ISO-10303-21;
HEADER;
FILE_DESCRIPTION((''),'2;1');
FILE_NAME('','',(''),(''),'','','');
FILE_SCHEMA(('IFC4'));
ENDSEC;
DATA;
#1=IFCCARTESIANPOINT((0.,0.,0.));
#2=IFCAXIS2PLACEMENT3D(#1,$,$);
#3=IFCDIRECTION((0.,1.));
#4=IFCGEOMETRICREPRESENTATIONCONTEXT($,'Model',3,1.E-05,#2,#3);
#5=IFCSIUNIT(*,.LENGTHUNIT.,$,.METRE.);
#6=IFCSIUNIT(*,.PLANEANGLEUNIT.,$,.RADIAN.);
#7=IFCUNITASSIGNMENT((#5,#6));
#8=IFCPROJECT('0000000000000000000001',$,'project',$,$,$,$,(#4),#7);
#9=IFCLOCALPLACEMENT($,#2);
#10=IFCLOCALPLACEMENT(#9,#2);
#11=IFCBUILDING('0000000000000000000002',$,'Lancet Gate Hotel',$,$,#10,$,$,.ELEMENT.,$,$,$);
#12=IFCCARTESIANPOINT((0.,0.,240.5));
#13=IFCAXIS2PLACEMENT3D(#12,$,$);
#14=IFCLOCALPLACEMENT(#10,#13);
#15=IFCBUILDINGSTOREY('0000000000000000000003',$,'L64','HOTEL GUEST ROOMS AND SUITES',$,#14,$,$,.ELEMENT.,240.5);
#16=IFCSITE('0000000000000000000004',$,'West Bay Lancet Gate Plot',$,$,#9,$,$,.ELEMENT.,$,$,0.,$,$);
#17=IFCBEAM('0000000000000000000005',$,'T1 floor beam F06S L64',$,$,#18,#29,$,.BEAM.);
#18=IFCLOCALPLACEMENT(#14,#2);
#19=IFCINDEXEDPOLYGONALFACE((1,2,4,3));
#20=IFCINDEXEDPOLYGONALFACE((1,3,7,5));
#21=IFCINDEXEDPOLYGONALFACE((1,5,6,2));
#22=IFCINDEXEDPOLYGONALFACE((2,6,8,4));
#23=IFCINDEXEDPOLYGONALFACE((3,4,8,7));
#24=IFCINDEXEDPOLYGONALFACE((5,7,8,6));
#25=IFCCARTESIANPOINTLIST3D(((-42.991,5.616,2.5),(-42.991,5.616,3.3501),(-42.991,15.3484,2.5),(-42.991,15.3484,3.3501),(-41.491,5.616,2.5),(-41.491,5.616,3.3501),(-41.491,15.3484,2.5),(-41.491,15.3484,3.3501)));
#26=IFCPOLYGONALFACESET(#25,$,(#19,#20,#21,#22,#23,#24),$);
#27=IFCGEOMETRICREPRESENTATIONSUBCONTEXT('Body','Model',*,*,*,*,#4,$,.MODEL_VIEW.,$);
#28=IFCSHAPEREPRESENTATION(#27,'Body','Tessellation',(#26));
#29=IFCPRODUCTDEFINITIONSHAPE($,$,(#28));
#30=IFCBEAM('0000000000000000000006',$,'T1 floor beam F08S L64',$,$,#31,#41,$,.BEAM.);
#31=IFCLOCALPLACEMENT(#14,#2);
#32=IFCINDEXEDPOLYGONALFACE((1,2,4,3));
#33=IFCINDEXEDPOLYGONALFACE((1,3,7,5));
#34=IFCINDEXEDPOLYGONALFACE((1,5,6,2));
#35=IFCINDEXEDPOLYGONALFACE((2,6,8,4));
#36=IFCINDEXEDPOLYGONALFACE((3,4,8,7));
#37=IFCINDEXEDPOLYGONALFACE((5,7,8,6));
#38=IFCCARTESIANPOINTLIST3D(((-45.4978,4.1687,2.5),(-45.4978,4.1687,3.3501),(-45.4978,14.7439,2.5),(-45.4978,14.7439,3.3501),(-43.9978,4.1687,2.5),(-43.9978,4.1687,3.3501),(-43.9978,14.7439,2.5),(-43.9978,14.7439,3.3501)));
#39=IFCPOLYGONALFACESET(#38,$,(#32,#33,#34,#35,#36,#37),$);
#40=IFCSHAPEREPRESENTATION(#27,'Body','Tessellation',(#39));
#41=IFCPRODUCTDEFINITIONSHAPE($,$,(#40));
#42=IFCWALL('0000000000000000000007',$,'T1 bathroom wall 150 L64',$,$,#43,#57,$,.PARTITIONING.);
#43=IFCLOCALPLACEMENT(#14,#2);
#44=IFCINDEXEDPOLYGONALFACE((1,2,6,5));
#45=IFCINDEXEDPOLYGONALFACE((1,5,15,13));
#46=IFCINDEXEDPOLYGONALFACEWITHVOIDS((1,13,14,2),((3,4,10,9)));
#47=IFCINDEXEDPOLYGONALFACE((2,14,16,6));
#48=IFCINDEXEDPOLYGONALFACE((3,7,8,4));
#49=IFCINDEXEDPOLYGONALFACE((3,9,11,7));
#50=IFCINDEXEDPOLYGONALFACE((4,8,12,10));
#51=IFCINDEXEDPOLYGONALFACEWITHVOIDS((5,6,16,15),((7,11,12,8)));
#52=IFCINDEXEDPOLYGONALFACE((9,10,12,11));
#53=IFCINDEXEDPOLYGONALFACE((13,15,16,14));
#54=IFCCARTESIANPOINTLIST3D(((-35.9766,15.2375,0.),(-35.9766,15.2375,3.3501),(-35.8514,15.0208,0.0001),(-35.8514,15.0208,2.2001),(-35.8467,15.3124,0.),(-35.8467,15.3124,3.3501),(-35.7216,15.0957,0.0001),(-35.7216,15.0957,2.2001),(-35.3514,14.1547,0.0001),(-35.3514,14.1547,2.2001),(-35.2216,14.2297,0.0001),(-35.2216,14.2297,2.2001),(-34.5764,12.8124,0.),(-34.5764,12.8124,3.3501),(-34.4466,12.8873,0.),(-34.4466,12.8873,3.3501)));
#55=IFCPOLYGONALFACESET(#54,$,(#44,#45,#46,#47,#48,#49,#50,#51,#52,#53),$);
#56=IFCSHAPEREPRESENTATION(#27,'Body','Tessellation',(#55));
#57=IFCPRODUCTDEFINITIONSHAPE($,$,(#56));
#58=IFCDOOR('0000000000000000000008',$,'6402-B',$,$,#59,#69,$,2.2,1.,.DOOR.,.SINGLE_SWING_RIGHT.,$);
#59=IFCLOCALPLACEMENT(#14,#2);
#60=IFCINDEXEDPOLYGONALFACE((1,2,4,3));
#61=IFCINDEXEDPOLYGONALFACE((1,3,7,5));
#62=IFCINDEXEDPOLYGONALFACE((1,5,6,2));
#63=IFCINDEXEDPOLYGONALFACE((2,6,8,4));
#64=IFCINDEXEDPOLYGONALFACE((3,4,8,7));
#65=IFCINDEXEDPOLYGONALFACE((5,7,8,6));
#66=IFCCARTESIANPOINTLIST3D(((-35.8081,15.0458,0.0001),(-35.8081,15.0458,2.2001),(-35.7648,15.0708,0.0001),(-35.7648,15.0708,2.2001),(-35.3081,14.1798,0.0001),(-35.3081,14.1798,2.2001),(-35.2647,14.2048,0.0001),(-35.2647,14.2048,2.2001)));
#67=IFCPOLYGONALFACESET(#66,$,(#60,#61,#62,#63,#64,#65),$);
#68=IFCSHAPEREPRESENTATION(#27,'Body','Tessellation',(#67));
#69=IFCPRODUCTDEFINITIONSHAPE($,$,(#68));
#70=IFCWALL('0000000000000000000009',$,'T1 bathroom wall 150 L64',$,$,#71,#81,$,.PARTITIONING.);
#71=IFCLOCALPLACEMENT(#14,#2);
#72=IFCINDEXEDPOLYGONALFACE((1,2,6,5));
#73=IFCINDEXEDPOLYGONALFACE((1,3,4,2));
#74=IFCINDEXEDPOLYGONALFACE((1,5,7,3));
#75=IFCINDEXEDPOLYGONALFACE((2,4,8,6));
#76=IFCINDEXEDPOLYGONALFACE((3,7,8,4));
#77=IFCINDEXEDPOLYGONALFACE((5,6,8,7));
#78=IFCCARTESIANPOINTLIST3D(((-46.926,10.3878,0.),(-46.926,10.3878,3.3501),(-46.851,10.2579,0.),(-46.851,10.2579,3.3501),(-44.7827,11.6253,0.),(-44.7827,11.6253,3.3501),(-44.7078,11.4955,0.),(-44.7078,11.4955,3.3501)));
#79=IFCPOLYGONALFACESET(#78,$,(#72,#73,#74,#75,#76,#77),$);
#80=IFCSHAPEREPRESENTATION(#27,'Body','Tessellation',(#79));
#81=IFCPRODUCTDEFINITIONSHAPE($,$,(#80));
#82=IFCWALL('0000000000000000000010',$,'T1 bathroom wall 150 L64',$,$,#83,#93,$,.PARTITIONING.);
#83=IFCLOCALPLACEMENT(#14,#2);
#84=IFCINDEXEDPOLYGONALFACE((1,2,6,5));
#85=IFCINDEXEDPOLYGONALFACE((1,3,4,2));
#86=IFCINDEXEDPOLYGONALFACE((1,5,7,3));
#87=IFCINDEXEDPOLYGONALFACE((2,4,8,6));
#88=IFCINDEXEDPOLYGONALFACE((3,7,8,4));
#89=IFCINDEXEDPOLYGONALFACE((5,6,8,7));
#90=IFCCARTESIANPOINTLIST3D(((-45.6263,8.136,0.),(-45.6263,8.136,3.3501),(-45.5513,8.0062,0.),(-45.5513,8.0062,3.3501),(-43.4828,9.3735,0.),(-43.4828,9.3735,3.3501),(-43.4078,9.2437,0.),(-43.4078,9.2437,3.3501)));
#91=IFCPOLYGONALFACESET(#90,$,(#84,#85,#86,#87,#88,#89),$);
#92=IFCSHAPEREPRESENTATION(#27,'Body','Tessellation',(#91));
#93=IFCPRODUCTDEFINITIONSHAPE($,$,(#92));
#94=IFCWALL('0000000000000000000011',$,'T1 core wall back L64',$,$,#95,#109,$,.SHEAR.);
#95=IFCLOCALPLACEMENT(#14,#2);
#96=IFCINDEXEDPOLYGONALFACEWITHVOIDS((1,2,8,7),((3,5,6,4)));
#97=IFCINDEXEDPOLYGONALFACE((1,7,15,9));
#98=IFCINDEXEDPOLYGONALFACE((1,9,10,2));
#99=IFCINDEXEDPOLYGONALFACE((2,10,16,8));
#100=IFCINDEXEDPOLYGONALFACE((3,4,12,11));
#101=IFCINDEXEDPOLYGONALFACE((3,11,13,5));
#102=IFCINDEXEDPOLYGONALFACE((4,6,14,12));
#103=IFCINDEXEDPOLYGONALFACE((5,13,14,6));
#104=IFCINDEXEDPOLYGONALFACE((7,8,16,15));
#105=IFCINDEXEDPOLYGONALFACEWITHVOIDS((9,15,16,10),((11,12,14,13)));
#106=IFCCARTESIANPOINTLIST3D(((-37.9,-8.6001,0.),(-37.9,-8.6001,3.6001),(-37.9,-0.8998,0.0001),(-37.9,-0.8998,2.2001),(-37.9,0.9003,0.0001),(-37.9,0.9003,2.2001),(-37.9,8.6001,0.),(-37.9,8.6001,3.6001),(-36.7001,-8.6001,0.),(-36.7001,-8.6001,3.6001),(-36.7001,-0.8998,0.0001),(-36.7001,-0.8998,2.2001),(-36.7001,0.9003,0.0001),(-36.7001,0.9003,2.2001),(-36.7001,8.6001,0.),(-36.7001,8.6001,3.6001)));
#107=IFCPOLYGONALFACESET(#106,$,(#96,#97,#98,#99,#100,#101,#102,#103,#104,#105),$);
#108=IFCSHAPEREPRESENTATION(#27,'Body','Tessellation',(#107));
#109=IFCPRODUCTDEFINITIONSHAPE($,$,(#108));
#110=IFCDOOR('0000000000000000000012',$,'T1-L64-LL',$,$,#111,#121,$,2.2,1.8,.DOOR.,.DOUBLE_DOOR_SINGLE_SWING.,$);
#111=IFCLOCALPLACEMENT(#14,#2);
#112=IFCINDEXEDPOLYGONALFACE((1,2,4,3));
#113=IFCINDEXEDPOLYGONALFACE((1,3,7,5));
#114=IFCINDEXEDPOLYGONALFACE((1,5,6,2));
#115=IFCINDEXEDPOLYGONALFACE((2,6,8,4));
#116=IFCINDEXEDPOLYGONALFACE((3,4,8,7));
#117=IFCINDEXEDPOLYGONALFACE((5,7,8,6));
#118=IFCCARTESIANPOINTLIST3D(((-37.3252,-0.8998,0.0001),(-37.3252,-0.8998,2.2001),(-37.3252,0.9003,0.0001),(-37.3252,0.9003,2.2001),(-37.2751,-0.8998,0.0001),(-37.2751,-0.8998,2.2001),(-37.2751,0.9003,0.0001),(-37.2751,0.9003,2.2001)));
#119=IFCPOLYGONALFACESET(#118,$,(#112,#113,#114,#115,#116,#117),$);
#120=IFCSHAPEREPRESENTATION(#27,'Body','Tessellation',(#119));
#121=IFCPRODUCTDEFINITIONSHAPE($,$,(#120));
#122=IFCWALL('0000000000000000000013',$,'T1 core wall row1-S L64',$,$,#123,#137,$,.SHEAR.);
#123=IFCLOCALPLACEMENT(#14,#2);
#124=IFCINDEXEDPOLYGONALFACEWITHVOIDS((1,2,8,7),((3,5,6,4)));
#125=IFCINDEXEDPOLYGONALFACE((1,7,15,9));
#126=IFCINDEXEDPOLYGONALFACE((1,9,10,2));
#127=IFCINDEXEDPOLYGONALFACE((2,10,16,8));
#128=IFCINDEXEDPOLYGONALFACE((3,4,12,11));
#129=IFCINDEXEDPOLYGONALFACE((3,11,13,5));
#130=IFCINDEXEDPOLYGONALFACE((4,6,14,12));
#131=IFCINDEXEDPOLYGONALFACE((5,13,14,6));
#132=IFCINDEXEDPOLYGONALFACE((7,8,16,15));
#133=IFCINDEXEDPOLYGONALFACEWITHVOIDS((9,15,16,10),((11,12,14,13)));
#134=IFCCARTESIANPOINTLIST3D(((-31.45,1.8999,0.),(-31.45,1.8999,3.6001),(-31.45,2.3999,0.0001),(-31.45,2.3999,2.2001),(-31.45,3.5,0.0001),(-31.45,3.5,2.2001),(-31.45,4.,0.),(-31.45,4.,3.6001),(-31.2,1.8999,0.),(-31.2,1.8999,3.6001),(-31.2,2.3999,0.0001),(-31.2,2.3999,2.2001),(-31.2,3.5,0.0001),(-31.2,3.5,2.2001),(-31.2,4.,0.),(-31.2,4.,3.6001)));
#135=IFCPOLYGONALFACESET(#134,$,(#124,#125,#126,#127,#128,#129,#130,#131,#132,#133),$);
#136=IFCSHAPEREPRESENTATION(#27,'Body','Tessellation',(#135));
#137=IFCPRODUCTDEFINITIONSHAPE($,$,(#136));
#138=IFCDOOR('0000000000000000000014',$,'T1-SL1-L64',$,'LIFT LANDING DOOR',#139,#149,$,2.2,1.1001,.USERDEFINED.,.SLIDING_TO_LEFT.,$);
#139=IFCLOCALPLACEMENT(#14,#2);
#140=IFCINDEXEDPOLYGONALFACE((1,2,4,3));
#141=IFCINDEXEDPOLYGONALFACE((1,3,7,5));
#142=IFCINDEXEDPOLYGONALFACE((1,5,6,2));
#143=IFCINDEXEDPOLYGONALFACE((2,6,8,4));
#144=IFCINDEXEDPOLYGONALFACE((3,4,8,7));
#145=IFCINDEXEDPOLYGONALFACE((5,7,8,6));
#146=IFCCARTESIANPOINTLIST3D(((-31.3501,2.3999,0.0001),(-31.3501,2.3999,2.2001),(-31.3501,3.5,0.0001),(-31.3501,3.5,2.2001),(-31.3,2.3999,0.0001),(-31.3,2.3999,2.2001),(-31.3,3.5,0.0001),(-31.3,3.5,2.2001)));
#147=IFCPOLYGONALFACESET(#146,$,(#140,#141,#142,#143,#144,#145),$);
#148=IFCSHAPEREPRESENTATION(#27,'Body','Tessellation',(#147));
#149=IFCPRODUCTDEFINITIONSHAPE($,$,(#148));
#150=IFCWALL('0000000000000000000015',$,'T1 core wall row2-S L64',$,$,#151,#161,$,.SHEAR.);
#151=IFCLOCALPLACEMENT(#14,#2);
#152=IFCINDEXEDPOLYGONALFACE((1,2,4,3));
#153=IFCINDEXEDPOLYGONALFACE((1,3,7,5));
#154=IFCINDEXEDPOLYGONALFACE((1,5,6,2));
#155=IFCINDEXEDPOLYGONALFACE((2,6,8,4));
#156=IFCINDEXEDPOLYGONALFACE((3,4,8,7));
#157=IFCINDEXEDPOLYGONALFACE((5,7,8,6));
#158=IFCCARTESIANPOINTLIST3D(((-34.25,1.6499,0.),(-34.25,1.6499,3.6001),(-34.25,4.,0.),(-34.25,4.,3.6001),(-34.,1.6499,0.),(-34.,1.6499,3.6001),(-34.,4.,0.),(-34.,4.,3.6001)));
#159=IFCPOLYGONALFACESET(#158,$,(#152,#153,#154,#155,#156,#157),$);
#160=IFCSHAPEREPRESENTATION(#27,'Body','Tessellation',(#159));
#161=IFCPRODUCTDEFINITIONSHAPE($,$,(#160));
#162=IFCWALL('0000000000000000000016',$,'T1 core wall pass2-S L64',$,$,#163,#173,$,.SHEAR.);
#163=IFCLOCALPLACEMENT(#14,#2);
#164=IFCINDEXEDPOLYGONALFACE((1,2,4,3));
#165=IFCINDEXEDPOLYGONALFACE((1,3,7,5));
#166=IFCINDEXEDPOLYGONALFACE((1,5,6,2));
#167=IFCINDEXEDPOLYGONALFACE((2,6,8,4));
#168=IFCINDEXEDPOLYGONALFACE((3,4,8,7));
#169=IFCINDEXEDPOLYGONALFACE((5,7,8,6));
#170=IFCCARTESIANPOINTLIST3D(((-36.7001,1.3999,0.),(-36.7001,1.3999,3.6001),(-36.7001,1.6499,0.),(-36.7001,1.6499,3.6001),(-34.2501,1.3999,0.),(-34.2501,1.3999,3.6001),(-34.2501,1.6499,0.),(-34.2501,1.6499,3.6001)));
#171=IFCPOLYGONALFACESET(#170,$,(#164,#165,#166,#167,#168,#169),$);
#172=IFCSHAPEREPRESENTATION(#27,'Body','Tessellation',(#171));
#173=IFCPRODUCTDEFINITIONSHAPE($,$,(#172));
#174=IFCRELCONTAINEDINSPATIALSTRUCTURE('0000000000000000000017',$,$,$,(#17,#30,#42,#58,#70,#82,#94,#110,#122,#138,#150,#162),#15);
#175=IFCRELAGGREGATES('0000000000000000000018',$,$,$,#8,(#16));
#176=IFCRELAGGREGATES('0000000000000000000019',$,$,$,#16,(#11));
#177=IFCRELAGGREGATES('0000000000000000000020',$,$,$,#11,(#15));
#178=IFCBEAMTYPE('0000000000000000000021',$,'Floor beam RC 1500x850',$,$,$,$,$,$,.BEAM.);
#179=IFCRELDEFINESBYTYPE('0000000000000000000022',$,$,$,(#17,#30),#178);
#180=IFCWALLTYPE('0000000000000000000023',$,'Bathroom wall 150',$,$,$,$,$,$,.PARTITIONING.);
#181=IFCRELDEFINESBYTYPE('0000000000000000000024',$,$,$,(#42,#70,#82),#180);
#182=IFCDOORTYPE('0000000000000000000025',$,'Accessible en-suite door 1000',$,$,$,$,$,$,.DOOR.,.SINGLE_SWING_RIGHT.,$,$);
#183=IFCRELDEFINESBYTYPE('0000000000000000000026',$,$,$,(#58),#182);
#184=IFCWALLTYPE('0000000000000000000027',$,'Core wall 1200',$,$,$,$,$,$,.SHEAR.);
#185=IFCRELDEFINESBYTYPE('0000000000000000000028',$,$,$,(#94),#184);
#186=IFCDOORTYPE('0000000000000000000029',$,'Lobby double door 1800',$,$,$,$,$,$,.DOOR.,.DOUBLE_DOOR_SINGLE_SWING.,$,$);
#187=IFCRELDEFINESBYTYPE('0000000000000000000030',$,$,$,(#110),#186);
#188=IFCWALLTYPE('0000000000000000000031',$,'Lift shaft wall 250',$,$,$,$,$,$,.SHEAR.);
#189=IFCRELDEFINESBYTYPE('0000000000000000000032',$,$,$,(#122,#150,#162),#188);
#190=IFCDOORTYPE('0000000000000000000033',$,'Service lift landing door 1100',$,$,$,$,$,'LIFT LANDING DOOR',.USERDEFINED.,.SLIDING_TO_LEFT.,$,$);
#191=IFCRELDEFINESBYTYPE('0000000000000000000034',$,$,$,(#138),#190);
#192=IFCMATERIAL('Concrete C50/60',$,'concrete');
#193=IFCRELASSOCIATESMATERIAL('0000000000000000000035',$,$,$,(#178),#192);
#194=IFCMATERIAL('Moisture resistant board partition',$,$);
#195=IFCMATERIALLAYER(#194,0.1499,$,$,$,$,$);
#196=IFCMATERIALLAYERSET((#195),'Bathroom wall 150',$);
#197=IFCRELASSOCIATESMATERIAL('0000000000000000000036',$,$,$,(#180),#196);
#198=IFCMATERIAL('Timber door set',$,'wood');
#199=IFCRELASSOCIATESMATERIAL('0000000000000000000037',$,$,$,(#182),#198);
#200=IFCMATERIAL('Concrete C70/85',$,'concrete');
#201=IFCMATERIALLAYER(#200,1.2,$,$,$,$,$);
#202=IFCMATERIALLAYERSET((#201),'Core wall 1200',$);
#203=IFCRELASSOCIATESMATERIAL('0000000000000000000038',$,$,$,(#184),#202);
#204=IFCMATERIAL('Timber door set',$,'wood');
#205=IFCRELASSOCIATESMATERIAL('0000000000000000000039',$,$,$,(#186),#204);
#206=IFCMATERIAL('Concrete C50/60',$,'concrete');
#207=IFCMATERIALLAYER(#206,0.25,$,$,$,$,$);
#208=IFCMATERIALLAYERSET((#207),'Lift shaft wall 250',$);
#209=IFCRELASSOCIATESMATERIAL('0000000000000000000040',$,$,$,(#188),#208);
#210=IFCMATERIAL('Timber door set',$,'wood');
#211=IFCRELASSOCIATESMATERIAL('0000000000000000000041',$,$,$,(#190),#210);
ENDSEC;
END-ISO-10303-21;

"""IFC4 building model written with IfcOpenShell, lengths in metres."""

from ifc_helpers import new_model, si_unit, direction, frame, frame_2d, origin, origin_2d, place, context, subcontext, project, spatial, rectangle, extrude, material, layer, layer_set, material_profile, profile_set, type_object, element, fill, save


model = new_model("IFC4")

# Units and contexts
model_context = context("Model", 3, precision=1e-05, world=origin(), true_north=direction((0.0, 1.0)))
body_context = subcontext(model_context, "Body", "Model", "MODEL_VIEW")
ifc_project = project(units=[si_unit("LENGTHUNIT", "METRE"), si_unit("PLANEANGLEUNIT", "RADIAN")], contexts=[model_context])

# Site, building, storey
site_placement = place(None, origin())
site = spatial("IfcSite", under=ifc_project, at=site_placement, Name="West Bay Lancet Gate Plot", CompositionType="ELEMENT", RefElevation=0.0)
building_placement = place(site_placement, origin())
building = spatial("IfcBuilding", under=site, at=building_placement, Name="Lancet Gate Hotel", CompositionType="ELEMENT")
storey_placement = place(building_placement, frame((0.0, 0.0, 240.5)))
storey = spatial("IfcBuildingStorey", under=building, at=storey_placement, Name="L64", Description="HOTEL GUEST ROOMS AND SUITES", CompositionType="ELEMENT", Elevation=240.5)

# Beams
ifc_material_1 = material(Name="Concrete C50/60", Category="concrete")
ifc_material_profile = material_profile(ifc_material_1, rectangle(XDim=1.5, YDim=0.8501, at=origin_2d()), Name="RC 1500x850")
ifc_profile_set = profile_set([ifc_material_profile], Name="Concrete C50/60")
beam_type = type_object("IfcBeamType", Name="Floor beam RC 1500x850", PredefinedType="BEAM", material=ifc_profile_set)
beam_1_placement = place(storey_placement, frame((-42.241, 15.3484, 2.925), z_axis=(0.0, -1.0, 0.0), x_axis=(1.0, 0.0, 0.0)))
element("IfcBeam", 1, at=beam_1_placement, inside=storey, type_object=beam_type, Name="T1 floor beam F06S L64", PredefinedType="BEAM", context=body_context, shape_type="SweptSolid", body=[
    extrude(rectangle(XDim=1.5, YDim=0.8501, at=origin_2d()), origin(), (0.0, 0.0, 1.0), 9.7324),
])
beam_2_placement = place(storey_placement, frame((-44.7478, 14.7439, 2.925), z_axis=(0.0, -1.0, 0.0), x_axis=(1.0, 0.0, 0.0)))
element("IfcBeam", 2, at=beam_2_placement, inside=storey, type_object=beam_type, Name="T1 floor beam F08S L64", PredefinedType="BEAM", context=body_context, shape_type="SweptSolid", body=[
    extrude(rectangle(XDim=1.5, YDim=0.8501, at=origin_2d()), origin(), (0.0, 0.0, 1.0), 10.5752),
])

# Wall, opening, door
ifc_material_2 = material(Name="Moisture resistant board partition")
ifc_layer_1 = layer(ifc_material_2, 0.1499)
ifc_layer_set_1 = layer_set([ifc_layer_1], Name="Bathroom wall 150")
wall_type_1 = type_object("IfcWallType", Name="Bathroom wall 150", PredefinedType="PARTITIONING", material=ifc_layer_set_1)
wall_1_placement = place(storey_placement, frame((-34.5115, 12.8499, 0.0), z_axis=(0.0, 0.0, 1.0), x_axis=(-0.500012, 0.866019, 0.0)))
wall_1 = element("IfcWall", 3, at=wall_1_placement, inside=storey, type_object=wall_type_1, Name="T1 bathroom wall 150 L64", PredefinedType="PARTITIONING", context=body_context, shape_type="SweptSolid", body=[
    extrude(rectangle(XDim=2.8003, YDim=0.1499, at=frame_2d((1.4001, 0.0))), origin(), (0.0, 0.0, 1.0), 3.3501),
])
opening_1_placement = place(wall_1_placement, frame((1.55, 0.0, 0.0)))
opening_1 = element("IfcOpeningElement", 4, at=opening_1_placement, cuts=wall_1, PredefinedType="OPENING", context=body_context, shape_type="SweptSolid", body=[
    extrude(rectangle(XDim=1.0, YDim=2.2, at=frame_2d((0.5, 1.1001))), frame((0.0, 0.085, 0.0), z_axis=(0.0, -1.0, 0.0), x_axis=(1.0, 0.0, 0.0)), (0.0, 0.0, 1.0), 0.1699),
])
ifc_material_3 = material(Name="Timber door set", Category="wood")
door_type_1 = type_object("IfcDoorType", Name="Accessible en-suite door 1000", OperationType="SINGLE_SWING_RIGHT", PredefinedType="DOOR", material=ifc_material_3)
door_1_placement = place(opening_1_placement, origin())
door_1 = element("IfcDoor", 5, at=door_1_placement, inside=storey, type_object=door_type_1, Name="6402-B", OperationType="SINGLE_SWING_RIGHT", OverallHeight=2.2, OverallWidth=1.0, PredefinedType="DOOR", context=body_context, shape_type="SweptSolid", body=[
    extrude(rectangle(XDim=1.0, YDim=2.2, at=frame_2d((0.5, 1.1001))), frame((0.0, 0.0249, 0.0), z_axis=(0.0, -1.0, 0.0), x_axis=(1.0, 0.0, 0.0)), (0.0, 0.0, 1.0), 0.05),
])
fill(opening_1, door_1)

# Walls
wall_2_placement = place(storey_placement, frame((-44.7454, 11.5603, 0.0), z_axis=(0.0, 0.0, 1.0), x_axis=(-0.866007, -0.500033, 0.0)))
element("IfcWall", 6, at=wall_2_placement, inside=storey, type_object=wall_type_1, Name="T1 bathroom wall 150 L64", PredefinedType="PARTITIONING", context=body_context, shape_type="SweptSolid", body=[
    extrude(rectangle(XDim=2.4749, YDim=0.1499, at=frame_2d((1.2373, 0.0))), origin(), (0.0, 0.0, 1.0), 3.3501),
])
wall_3_placement = place(storey_placement, frame((-43.4453, 9.3086, 0.0), z_axis=(0.0, 0.0, 1.0), x_axis=(-0.866031, -0.49999, 0.0)))
element("IfcWall", 7, at=wall_3_placement, inside=storey, type_object=wall_type_1, Name="T1 bathroom wall 150 L64", PredefinedType="PARTITIONING", context=body_context, shape_type="SweptSolid", body=[
    extrude(rectangle(XDim=2.4751, YDim=0.1499, at=frame_2d((1.2375, 0.0))), origin(), (0.0, 0.0, 1.0), 3.3501),
])

# Walls, openings, doors
ifc_material_4 = material(Name="Concrete C70/85", Category="concrete")
ifc_layer_2 = layer(ifc_material_4, 1.2)
ifc_layer_set_2 = layer_set([ifc_layer_2], Name="Core wall 1200")
wall_type_2 = type_object("IfcWallType", Name="Core wall 1200", PredefinedType="SHEAR", material=ifc_layer_set_2)
wall_4_placement = place(storey_placement, frame((-37.3, 8.6001, 0.0), z_axis=(0.0, 0.0, 1.0), x_axis=(0.0, -1.0, 0.0)))
wall_4 = element("IfcWall", 8, at=wall_4_placement, inside=storey, type_object=wall_type_2, Name="T1 core wall back L64", PredefinedType="SHEAR", context=body_context, shape_type="SweptSolid", body=[
    extrude(rectangle(XDim=17.2002, YDim=1.2, at=frame_2d((8.6001, 0.0))), origin(), (0.0, 0.0, 1.0), 3.6001),
])
opening_2_placement = place(wall_4_placement, frame((7.7, 0.0, 0.0)))
opening_2 = element("IfcOpeningElement", 9, at=opening_2_placement, cuts=wall_4, PredefinedType="OPENING", context=body_context, shape_type="SweptSolid", body=[
    extrude(rectangle(XDim=1.8, YDim=2.2, at=frame_2d((0.8999, 1.1001))), frame((0.0, 0.6099, 0.0), z_axis=(0.0, -1.0, 0.0), x_axis=(1.0, 0.0, 0.0)), (0.0, 0.0, 1.0), 1.22),
])
ifc_material_5 = material(Name="Timber door set", Category="wood")
door_type_2 = type_object("IfcDoorType", Name="Lobby double door 1800", OperationType="DOUBLE_DOOR_SINGLE_SWING", PredefinedType="DOOR", material=ifc_material_5)
door_2_placement = place(opening_2_placement, origin())
door_2 = element("IfcDoor", 10, at=door_2_placement, inside=storey, type_object=door_type_2, Name="T1-L64-LL", OperationType="DOUBLE_DOOR_SINGLE_SWING", OverallHeight=2.2, OverallWidth=1.8, PredefinedType="DOOR", context=body_context, shape_type="SweptSolid", body=[
    extrude(rectangle(XDim=1.8, YDim=2.2, at=frame_2d((0.8999, 1.1001))), frame((0.0, 0.0249, 0.0), z_axis=(0.0, -1.0, 0.0), x_axis=(1.0, 0.0, 0.0)), (0.0, 0.0, 1.0), 0.05),
])
fill(opening_2, door_2)
ifc_material_6 = material(Name="Concrete C50/60", Category="concrete")
ifc_layer_3 = layer(ifc_material_6, 0.25)
ifc_layer_set_3 = layer_set([ifc_layer_3], Name="Lift shaft wall 250")
wall_type_3 = type_object("IfcWallType", Name="Lift shaft wall 250", PredefinedType="SHEAR", material=ifc_layer_set_3)
wall_5_placement = place(storey_placement, frame((-31.325, 4.0, 0.0), z_axis=(0.0, 0.0, 1.0), x_axis=(0.0, -1.0, 0.0)))
wall_5 = element("IfcWall", 11, at=wall_5_placement, inside=storey, type_object=wall_type_3, Name="T1 core wall row1-S L64", PredefinedType="SHEAR", context=body_context, shape_type="SweptSolid", body=[
    extrude(rectangle(XDim=2.1001, YDim=0.25, at=frame_2d((1.05, 0.0))), origin(), (0.0, 0.0, 1.0), 3.6001),
])
opening_3_placement = place(wall_5_placement, frame((0.5, 0.0, 0.0)))
opening_3 = element("IfcOpeningElement", 12, at=opening_3_placement, cuts=wall_5, PredefinedType="OPENING", context=body_context, shape_type="SweptSolid", body=[
    extrude(rectangle(XDim=1.1001, YDim=2.2, at=frame_2d((0.55, 1.1001))), frame((0.0, 0.135, 0.0), z_axis=(0.0, -1.0, 0.0), x_axis=(1.0, 0.0, 0.0)), (0.0, 0.0, 1.0), 0.27),
])
ifc_material_7 = material(Name="Timber door set", Category="wood")
door_type_3 = type_object("IfcDoorType", Name="Service lift landing door 1100", ElementType="LIFT LANDING DOOR", OperationType="SLIDING_TO_LEFT", PredefinedType="USERDEFINED", material=ifc_material_7)
door_3_placement = place(opening_3_placement, origin())
door_3 = element("IfcDoor", 13, at=door_3_placement, inside=storey, type_object=door_type_3, Name="T1-SL1-L64", ObjectType="LIFT LANDING DOOR", OperationType="SLIDING_TO_LEFT", OverallHeight=2.2, OverallWidth=1.1001, PredefinedType="USERDEFINED", context=body_context, shape_type="SweptSolid", body=[
    extrude(rectangle(XDim=1.1001, YDim=2.2, at=frame_2d((0.55, 1.1001))), frame((0.0, 0.0249, 0.0), z_axis=(0.0, -1.0, 0.0), x_axis=(1.0, 0.0, 0.0)), (0.0, 0.0, 1.0), 0.05),
])
fill(opening_3, door_3)

# Walls
wall_6_placement = place(storey_placement, frame((-34.125, 4.0, 0.0), z_axis=(0.0, 0.0, 1.0), x_axis=(0.0, -1.0, 0.0)))
element("IfcWall", 14, at=wall_6_placement, inside=storey, type_object=wall_type_3, Name="T1 core wall row2-S L64", PredefinedType="SHEAR", context=body_context, shape_type="SweptSolid", body=[
    extrude(rectangle(XDim=2.3501, YDim=0.25, at=frame_2d((1.175, 0.0))), origin(), (0.0, 0.0, 1.0), 3.6001),
])
wall_7_placement = place(storey_placement, frame((-34.25, 1.5249, 0.0), z_axis=(0.0, 0.0, 1.0), x_axis=(-1.0, 0.0, 0.0)))
element("IfcWall", 15, at=wall_7_placement, inside=storey, type_object=wall_type_3, Name="T1 core wall pass2-S L64", PredefinedType="SHEAR", context=body_context, shape_type="SweptSolid", body=[
    extrude(rectangle(XDim=2.45, YDim=0.25, at=frame_2d((1.2251, 0.0))), origin(), (0.0, 0.0, 1.0), 3.6001),
])

save(model, "model.ifc")
